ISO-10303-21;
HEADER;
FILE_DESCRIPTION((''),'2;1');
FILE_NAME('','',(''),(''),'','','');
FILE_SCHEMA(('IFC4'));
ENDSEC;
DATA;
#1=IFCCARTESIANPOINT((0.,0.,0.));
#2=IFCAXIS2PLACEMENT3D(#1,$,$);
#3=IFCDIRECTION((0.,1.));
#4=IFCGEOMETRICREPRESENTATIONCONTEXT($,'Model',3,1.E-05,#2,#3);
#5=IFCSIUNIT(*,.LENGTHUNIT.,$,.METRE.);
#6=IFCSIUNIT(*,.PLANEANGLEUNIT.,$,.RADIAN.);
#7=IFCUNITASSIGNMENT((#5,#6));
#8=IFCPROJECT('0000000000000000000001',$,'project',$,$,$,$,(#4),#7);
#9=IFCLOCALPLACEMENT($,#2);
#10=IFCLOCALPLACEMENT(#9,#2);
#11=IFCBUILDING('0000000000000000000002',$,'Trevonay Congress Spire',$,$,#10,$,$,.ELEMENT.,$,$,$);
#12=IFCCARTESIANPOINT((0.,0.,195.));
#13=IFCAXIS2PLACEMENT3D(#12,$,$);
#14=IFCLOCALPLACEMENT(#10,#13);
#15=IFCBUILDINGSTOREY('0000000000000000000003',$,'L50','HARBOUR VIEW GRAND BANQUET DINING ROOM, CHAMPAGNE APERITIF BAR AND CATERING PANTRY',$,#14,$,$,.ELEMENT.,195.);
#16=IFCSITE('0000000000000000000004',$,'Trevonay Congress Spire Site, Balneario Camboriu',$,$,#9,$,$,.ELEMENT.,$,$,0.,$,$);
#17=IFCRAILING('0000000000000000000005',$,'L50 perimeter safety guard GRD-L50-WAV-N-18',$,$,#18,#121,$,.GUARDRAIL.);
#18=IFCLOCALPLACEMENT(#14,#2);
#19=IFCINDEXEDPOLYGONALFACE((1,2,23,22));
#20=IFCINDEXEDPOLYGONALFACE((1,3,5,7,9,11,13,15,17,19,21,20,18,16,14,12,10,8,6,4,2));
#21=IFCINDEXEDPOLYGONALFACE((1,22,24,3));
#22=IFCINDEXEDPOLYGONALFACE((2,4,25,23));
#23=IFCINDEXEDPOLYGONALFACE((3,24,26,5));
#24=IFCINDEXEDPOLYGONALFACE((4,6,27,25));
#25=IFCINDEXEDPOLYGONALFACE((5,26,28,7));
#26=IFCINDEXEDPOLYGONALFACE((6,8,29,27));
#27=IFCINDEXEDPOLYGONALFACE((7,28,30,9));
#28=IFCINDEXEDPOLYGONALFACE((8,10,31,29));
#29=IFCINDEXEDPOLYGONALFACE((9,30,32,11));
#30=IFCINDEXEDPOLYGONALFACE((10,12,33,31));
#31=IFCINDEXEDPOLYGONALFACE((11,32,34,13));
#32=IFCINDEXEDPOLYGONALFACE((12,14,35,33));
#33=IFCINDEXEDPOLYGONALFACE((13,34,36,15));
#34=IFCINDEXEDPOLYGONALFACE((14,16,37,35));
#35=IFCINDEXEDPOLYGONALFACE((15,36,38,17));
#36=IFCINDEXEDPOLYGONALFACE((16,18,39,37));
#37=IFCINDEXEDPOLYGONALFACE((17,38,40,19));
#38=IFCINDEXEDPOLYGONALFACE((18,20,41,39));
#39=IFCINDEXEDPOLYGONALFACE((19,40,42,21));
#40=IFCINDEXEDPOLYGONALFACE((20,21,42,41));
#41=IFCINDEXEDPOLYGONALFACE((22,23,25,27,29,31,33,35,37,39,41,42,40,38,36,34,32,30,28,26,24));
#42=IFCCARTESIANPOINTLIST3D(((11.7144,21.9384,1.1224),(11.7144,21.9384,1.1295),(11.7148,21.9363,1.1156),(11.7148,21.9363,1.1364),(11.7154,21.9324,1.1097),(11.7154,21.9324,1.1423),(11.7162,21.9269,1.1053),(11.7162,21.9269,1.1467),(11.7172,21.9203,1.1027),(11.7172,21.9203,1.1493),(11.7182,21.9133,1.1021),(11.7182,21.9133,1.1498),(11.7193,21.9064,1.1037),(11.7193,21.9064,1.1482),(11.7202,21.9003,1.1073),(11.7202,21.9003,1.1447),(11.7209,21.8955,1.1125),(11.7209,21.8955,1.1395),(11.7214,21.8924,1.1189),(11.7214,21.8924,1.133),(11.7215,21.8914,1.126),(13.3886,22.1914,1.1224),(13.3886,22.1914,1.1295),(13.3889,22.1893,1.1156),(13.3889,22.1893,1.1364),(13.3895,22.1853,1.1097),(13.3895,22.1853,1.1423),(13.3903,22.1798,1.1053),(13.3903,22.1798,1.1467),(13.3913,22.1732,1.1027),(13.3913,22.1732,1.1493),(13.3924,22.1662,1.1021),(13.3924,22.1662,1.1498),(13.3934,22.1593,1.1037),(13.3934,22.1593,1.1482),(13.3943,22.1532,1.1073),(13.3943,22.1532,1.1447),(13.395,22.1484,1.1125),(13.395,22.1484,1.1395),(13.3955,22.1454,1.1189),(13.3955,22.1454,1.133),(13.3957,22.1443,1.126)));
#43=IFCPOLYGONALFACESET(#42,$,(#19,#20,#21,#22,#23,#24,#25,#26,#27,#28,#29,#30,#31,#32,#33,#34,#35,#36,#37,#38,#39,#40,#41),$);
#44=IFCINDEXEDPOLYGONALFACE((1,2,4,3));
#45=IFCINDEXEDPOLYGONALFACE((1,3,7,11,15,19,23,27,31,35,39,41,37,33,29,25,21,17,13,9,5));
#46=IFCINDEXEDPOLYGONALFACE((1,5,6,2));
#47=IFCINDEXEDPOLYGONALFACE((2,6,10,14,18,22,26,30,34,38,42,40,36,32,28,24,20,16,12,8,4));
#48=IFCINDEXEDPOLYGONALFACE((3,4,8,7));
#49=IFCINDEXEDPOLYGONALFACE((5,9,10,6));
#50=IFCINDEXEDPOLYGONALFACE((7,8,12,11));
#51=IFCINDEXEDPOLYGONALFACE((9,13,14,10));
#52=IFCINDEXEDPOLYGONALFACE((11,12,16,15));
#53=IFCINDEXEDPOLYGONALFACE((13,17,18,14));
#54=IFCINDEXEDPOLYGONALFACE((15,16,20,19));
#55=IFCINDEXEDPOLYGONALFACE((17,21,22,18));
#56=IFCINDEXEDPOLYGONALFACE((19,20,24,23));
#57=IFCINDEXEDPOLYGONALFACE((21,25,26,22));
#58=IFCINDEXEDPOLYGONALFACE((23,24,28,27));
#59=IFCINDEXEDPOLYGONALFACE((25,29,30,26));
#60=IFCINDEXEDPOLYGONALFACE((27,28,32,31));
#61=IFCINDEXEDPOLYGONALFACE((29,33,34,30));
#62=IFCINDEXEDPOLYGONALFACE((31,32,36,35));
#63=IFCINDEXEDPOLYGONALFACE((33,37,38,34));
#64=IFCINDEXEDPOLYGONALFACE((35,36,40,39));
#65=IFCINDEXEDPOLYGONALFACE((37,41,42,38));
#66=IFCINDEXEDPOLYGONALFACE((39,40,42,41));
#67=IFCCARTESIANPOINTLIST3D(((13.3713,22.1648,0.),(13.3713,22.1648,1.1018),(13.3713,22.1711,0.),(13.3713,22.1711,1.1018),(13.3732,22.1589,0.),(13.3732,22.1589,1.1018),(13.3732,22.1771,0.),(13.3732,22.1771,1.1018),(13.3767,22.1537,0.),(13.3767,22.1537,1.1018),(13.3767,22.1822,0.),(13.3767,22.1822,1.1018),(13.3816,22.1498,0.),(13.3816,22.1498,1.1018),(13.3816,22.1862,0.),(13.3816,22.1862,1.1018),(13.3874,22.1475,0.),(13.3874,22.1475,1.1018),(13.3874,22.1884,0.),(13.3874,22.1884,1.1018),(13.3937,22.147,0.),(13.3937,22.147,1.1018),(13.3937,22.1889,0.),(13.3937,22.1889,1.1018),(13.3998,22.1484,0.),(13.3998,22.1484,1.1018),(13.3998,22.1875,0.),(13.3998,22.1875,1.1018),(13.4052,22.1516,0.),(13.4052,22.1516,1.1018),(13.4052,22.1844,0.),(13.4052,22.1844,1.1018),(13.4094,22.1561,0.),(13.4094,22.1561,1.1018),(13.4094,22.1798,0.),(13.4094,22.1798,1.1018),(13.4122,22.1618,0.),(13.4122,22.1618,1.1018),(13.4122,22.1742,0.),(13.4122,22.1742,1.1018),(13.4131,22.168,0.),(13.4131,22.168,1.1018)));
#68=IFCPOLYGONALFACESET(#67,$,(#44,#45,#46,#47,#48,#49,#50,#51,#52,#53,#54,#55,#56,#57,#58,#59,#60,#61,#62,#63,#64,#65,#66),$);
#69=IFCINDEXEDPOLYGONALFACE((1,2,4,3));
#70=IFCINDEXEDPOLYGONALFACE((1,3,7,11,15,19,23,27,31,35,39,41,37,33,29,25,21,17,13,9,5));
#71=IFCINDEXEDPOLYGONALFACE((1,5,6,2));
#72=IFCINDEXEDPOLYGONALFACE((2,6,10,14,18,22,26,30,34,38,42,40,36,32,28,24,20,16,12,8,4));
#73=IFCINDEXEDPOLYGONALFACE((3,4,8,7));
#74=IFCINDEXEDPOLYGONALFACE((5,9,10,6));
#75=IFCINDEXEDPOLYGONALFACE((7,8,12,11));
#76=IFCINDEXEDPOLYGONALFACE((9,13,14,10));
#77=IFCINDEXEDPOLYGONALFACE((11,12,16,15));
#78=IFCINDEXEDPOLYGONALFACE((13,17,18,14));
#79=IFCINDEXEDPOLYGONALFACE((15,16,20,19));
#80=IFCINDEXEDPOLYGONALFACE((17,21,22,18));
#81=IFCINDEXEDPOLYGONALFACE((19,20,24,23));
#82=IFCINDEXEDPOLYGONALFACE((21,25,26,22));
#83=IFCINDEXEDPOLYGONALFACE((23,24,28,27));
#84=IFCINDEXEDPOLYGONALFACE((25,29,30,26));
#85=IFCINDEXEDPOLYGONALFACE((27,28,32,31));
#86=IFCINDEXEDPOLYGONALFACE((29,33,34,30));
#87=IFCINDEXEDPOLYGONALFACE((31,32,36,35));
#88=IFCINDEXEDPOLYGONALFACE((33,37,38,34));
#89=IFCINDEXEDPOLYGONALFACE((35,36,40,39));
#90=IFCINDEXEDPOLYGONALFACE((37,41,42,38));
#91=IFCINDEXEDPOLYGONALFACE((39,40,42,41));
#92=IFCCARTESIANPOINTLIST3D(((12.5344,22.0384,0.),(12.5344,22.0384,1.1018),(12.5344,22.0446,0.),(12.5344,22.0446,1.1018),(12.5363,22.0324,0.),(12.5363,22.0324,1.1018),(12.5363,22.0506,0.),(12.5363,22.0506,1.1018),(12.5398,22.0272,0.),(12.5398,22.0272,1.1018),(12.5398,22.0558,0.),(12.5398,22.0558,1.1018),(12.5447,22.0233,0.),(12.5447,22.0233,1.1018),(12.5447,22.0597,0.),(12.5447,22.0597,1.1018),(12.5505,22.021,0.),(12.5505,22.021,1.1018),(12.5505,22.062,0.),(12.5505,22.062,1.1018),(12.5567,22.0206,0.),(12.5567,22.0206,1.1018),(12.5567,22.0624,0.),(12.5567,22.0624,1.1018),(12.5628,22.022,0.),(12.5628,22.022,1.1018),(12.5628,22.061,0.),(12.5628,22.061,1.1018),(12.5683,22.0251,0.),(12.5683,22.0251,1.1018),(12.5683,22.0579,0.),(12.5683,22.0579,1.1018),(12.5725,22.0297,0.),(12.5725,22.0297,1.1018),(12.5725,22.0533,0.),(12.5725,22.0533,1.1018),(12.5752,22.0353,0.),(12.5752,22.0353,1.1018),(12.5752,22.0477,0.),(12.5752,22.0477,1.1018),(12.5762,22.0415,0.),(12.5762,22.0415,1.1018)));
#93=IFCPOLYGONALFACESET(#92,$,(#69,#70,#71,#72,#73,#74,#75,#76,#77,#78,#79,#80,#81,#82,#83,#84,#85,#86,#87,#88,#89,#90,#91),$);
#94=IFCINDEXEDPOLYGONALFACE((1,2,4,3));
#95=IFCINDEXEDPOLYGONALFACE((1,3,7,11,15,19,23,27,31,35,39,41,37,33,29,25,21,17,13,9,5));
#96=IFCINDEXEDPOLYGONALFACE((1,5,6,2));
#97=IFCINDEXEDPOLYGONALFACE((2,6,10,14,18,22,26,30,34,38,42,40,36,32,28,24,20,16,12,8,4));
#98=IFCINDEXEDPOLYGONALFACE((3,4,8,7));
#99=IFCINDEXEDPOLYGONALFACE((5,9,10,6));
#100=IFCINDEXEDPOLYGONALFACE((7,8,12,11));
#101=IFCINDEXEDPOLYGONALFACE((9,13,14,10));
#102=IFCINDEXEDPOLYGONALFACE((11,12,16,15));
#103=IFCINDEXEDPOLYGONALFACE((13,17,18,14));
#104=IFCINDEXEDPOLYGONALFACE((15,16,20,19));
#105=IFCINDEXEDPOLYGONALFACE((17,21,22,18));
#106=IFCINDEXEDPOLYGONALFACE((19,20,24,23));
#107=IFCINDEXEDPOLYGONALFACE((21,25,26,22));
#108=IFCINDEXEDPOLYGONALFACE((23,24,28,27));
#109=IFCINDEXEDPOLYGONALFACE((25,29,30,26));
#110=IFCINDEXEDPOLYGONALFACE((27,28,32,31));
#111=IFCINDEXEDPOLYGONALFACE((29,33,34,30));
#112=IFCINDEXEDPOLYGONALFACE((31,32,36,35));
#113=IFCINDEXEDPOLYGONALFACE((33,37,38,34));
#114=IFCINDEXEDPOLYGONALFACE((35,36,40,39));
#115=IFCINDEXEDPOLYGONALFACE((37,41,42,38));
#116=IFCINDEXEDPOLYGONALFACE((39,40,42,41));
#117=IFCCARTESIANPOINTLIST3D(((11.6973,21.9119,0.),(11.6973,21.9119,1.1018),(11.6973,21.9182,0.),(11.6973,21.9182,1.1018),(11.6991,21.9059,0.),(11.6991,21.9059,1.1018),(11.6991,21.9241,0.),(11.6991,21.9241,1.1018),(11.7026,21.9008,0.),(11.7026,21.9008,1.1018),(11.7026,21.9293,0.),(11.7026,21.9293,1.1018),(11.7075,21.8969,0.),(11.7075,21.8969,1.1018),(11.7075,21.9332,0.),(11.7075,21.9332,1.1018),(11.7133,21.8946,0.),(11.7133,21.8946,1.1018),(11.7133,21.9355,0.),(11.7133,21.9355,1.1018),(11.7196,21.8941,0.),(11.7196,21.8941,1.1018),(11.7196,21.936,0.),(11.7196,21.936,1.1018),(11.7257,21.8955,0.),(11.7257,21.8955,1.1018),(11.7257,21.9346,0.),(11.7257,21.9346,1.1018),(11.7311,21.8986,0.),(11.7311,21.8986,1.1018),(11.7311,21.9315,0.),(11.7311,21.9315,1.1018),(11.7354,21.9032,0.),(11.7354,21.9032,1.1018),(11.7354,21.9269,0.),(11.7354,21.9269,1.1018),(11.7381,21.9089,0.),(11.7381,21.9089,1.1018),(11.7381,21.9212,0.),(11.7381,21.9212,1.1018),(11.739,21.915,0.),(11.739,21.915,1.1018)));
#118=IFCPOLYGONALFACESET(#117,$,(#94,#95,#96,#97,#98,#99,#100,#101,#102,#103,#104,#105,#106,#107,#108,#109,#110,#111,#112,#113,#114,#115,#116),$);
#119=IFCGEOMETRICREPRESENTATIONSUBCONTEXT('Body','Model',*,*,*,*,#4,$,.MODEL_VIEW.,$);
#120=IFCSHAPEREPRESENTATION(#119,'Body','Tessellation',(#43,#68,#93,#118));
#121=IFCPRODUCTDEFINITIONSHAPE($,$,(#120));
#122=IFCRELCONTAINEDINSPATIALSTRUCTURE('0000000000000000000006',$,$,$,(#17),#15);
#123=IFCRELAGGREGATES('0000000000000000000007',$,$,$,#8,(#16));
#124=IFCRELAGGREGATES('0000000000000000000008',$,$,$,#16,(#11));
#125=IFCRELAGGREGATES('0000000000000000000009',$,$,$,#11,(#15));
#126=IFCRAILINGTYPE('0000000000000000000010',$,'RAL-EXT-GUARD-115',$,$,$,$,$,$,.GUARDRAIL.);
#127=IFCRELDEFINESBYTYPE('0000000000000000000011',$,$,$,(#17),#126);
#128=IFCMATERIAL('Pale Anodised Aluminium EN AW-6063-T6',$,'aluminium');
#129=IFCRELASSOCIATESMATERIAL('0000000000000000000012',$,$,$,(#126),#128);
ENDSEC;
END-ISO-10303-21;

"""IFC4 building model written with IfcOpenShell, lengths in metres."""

from ifc_helpers import new_model, si_unit, direction, frame, origin, origin_2d, place, context, subcontext, project, spatial, circle, extrude, material, type_object, element, save


model = new_model("IFC4")

# Units and contexts
model_context = context("Model", 3, precision=1e-05, world=origin(), true_north=direction((0.0, 1.0)))
body_context = subcontext(model_context, "Body", "Model", "MODEL_VIEW")
ifc_project = project(units=[si_unit("LENGTHUNIT", "METRE"), si_unit("PLANEANGLEUNIT", "RADIAN")], contexts=[model_context])

# Site, building, storey
site_placement = place(None, origin())
site = spatial("IfcSite", under=ifc_project, at=site_placement, Name="Trevonay Congress Spire Site, Balneario Camboriu", CompositionType="ELEMENT", RefElevation=0.0)
building_placement = place(site_placement, origin())
building = spatial("IfcBuilding", under=site, at=building_placement, Name="Trevonay Congress Spire", CompositionType="ELEMENT")
storey_placement = place(building_placement, frame((0.0, 0.0, 195.0)))
storey = spatial("IfcBuildingStorey", under=building, at=storey_placement, Name="L50", Description="HARBOUR VIEW GRAND BANQUET DINING ROOM, CHAMPAGNE APERITIF BAR AND CATERING PANTRY", CompositionType="ELEMENT", Elevation=195.0)

# Shared definitions
ifc_material_1 = material(Name="Pale Anodised Aluminium EN AW-6063-T6", Category="aluminium")

# Railing
railing_type = type_object("IfcRailingType", Name="RAL-EXT-GUARD-115", PredefinedType="GUARDRAIL", material=ifc_material_1)
railing_1_placement = place(storey_placement, frame((13.3921, 22.168, 0.0)))
element("IfcRailing", 1, at=railing_1_placement, inside=storey, type_object=railing_type, Name="L50 perimeter safety guard GRD-L50-WAV-N-18", PredefinedType="GUARDRAIL", context=body_context, shape_type="SweptSolid", body=[
    extrude(circle(Radius=0.0239, at=origin_2d()), frame((0.0, 0.0, 1.126), z_axis=(-0.988778, -0.149391, 0.0), x_axis=(0.149391, -0.988778, 0.0)), (0.0, 0.0, 1.0), 1.6931),
    extrude(circle(Radius=0.021, at=origin_2d()), origin(), (0.0, 0.0, 1.0), 1.1018),
    extrude(circle(Radius=0.021, at=origin_2d()), frame((-0.8369, -0.1265, 0.0)), (0.0, 0.0, 1.0), 1.1018),
    extrude(circle(Radius=0.021, at=origin_2d()), frame((-1.6741, -0.2529, 0.0)), (0.0, 0.0, 1.0), 1.1018),
])

save(model, "model.ifc")
